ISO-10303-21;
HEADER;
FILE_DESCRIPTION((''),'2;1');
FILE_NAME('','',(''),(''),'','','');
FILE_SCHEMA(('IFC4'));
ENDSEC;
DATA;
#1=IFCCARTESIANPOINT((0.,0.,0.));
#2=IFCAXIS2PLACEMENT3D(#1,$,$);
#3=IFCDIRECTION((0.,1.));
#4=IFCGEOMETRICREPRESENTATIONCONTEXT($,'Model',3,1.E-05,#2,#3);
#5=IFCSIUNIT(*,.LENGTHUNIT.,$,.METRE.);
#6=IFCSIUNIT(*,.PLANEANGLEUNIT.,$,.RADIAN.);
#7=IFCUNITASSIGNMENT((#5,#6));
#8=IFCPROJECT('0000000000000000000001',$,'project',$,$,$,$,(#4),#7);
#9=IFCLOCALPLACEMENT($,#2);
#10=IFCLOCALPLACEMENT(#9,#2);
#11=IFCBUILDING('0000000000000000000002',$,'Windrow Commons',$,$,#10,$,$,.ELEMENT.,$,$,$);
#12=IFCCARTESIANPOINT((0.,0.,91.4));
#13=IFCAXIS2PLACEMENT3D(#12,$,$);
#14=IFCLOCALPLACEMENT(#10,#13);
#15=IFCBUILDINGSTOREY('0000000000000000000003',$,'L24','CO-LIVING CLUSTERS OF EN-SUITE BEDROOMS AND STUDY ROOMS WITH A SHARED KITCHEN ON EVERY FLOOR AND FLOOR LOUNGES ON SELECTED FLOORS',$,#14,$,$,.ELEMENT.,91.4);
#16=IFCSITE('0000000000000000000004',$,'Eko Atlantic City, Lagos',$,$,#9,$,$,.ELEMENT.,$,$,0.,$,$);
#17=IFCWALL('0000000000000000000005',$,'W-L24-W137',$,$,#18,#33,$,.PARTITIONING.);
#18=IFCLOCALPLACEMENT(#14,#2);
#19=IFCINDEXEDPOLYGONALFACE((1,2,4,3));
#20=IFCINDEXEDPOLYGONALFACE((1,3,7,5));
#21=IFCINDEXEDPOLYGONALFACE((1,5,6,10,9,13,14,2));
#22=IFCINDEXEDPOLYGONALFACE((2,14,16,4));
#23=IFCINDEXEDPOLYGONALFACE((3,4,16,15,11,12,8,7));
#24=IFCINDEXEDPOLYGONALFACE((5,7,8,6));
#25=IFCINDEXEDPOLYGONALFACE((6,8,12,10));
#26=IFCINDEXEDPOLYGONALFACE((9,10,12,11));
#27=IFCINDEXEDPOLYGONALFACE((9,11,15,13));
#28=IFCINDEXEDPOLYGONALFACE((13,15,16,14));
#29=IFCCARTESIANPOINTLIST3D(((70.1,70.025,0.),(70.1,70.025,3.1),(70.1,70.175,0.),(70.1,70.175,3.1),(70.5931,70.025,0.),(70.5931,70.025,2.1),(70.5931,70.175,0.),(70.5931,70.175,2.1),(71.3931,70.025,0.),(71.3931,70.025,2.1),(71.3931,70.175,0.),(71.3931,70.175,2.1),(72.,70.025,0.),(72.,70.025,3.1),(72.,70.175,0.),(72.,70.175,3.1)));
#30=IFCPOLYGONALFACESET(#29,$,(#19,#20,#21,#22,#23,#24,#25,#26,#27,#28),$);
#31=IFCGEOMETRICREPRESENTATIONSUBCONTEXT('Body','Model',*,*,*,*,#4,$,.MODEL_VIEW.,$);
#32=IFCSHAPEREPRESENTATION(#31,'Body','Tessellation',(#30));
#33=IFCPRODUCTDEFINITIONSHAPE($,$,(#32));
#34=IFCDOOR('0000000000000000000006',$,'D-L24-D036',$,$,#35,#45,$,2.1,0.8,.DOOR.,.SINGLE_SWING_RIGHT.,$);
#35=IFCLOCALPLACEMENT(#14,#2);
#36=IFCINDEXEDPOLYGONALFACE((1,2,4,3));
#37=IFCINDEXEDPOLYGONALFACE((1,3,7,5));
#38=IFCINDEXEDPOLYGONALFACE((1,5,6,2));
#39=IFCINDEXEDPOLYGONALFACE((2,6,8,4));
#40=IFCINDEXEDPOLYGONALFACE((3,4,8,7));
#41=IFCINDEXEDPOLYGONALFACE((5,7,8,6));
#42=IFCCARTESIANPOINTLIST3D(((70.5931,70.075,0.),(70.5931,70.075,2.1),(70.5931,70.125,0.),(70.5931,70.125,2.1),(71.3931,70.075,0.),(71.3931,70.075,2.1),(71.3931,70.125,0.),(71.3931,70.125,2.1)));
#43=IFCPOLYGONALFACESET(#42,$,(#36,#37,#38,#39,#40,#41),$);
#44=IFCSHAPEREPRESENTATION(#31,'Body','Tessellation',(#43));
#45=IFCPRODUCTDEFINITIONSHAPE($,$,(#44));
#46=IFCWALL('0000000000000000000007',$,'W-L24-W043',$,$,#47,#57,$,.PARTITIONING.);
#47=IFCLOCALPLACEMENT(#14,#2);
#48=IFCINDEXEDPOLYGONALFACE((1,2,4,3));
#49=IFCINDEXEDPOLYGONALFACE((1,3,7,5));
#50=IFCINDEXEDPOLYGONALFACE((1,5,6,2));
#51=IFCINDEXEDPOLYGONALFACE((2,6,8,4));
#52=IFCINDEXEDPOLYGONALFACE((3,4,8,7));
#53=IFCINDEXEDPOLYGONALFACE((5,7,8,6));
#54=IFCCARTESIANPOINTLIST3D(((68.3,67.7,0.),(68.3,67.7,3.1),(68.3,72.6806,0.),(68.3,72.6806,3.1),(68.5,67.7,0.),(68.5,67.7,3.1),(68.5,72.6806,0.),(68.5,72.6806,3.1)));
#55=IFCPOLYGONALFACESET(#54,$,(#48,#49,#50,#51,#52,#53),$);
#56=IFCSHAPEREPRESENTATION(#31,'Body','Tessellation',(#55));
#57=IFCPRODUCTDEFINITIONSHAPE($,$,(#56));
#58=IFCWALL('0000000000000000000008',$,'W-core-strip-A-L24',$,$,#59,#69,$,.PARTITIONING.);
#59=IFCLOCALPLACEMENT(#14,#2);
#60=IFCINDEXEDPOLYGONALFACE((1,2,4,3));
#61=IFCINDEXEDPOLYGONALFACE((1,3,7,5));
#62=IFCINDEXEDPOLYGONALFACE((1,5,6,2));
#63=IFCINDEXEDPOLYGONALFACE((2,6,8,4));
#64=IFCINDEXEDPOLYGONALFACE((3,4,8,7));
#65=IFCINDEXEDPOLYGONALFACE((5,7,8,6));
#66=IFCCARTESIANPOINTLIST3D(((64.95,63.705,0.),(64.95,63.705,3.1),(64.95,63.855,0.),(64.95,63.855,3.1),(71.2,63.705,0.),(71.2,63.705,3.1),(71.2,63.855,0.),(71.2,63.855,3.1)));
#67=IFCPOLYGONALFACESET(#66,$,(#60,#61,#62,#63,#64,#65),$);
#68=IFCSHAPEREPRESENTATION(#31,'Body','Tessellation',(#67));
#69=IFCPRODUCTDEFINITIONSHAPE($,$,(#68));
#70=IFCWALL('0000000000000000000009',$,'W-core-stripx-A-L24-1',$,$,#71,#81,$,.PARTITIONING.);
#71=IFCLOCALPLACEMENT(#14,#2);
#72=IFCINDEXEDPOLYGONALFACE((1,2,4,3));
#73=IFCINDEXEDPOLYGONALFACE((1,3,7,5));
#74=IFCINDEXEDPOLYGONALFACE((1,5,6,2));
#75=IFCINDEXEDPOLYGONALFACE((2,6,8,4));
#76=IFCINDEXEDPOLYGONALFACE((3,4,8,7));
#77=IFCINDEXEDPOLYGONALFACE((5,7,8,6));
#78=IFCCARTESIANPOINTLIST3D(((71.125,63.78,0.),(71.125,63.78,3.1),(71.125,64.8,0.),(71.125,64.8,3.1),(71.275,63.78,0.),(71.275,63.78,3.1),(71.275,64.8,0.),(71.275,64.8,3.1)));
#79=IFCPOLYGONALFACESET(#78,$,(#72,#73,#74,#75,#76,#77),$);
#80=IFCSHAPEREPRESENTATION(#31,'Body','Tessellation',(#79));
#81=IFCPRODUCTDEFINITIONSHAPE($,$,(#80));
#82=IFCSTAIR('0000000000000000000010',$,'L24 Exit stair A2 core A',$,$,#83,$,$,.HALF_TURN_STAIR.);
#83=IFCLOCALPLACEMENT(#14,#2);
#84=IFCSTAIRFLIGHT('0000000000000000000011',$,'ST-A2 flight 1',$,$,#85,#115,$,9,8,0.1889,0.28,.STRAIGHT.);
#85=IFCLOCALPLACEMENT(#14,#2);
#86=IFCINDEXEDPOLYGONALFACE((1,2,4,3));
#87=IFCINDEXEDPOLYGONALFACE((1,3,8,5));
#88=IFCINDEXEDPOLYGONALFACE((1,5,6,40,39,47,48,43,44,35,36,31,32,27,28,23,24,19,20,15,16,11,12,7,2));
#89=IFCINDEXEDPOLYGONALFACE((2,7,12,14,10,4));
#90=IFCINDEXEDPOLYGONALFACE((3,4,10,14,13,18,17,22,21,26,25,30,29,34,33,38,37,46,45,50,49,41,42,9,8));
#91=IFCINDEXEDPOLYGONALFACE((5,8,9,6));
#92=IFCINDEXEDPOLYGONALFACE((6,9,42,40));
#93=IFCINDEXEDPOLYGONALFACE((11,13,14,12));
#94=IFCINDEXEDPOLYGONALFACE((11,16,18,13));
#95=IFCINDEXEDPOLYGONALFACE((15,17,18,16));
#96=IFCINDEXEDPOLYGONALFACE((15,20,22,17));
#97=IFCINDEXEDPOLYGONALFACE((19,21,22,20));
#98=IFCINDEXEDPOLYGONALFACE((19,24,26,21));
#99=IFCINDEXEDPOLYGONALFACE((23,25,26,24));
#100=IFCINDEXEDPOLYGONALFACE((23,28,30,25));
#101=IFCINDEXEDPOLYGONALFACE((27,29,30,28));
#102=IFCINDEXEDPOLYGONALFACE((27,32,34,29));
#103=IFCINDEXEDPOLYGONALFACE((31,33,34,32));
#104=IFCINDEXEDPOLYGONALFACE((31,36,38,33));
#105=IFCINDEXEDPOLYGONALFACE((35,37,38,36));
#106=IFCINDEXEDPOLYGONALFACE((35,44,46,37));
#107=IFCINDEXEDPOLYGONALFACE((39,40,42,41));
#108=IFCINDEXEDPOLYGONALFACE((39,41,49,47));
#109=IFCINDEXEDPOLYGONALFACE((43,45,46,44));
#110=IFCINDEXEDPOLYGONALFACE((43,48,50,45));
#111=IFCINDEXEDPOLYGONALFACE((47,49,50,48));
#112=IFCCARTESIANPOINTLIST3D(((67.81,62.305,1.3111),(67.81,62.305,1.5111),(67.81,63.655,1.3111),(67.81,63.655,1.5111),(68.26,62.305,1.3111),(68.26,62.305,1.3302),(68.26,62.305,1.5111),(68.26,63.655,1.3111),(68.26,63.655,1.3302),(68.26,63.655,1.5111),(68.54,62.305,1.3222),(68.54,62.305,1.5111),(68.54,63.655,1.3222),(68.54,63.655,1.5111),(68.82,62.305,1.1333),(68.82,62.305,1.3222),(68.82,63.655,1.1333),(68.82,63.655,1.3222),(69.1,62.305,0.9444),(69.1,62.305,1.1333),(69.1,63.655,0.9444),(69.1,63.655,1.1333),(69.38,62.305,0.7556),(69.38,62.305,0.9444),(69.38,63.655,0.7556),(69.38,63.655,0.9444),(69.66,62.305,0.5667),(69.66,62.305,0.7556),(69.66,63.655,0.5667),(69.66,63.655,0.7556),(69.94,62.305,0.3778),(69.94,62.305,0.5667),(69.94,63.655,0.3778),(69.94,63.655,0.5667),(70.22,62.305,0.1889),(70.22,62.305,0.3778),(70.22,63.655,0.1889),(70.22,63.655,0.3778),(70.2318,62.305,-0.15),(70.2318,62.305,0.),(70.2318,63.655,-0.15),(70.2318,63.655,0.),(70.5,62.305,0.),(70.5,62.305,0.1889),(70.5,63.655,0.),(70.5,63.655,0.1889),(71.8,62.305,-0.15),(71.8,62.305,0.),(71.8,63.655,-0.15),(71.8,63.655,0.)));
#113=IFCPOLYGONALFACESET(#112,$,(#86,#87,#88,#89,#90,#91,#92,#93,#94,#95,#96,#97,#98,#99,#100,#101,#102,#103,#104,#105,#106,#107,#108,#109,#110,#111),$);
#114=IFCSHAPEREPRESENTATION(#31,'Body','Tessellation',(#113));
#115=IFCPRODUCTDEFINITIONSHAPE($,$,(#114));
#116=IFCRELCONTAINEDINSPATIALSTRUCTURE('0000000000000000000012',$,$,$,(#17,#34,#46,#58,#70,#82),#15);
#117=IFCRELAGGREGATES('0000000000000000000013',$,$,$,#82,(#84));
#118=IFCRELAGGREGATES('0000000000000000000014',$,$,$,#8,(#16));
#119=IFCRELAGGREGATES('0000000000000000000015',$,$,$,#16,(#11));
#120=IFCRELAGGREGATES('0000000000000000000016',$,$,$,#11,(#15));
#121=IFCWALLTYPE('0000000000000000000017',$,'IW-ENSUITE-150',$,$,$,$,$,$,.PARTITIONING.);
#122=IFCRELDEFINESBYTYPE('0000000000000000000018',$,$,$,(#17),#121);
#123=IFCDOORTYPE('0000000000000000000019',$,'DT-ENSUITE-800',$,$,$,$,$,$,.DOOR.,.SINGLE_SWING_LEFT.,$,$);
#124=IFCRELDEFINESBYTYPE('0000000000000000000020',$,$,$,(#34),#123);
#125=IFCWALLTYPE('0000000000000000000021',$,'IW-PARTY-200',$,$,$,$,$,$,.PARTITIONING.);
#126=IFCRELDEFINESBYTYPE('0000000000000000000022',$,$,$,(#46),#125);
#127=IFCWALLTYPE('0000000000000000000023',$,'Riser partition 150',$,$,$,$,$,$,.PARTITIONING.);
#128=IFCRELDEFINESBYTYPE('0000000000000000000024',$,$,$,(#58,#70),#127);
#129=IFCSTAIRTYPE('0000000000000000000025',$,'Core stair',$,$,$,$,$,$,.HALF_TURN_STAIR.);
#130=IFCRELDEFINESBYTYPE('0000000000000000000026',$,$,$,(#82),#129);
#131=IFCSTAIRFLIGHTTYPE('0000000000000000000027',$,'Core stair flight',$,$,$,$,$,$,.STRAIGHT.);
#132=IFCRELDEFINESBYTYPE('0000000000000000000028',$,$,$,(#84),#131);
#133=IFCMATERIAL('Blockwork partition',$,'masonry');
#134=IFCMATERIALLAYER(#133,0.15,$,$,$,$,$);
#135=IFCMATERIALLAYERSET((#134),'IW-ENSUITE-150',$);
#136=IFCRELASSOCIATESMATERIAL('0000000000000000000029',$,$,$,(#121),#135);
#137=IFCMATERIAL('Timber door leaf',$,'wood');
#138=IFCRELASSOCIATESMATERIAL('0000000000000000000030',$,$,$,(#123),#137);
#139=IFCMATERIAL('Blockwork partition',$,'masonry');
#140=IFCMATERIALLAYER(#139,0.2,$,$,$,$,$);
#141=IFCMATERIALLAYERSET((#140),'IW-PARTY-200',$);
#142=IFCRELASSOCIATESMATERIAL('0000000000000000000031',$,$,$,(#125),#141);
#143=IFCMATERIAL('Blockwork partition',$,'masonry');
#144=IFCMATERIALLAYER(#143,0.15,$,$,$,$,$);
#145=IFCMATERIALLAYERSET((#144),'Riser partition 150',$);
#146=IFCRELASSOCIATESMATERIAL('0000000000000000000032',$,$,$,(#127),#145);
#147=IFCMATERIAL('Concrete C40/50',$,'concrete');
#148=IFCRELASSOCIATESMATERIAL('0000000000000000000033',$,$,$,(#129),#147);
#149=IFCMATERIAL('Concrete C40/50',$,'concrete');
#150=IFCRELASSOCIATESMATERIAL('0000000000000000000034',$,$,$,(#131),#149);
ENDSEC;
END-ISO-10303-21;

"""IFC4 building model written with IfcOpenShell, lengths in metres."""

from ifc_helpers import new_model, si_unit, direction, frame, frame_2d, origin, place, context, subcontext, project, spatial, polyline, rectangle, outline, extrude, material, layer, layer_set, type_object, element, fill, aggregate, save


model = new_model("IFC4")

# Units and contexts
model_context = context("Model", 3, precision=1e-05, world=origin(), true_north=direction((0.0, 1.0)))
body_context = subcontext(model_context, "Body", "Model", "MODEL_VIEW")
ifc_project = project(units=[si_unit("LENGTHUNIT", "METRE"), si_unit("PLANEANGLEUNIT", "RADIAN")], contexts=[model_context])

# Site, building, storey
site_placement = place(None, origin())
site = spatial("IfcSite", under=ifc_project, at=site_placement, Name="Eko Atlantic City, Lagos", CompositionType="ELEMENT", RefElevation=0.0)
building_placement = place(site_placement, origin())
building = spatial("IfcBuilding", under=site, at=building_placement, Name="Windrow Commons", CompositionType="ELEMENT")
storey_placement = place(building_placement, frame((0.0, 0.0, 91.4)))
storey = spatial("IfcBuildingStorey", under=building, at=storey_placement, Name="L24", Description="CO-LIVING CLUSTERS OF EN-SUITE BEDROOMS AND STUDY ROOMS WITH A SHARED KITCHEN ON EVERY FLOOR AND FLOOR LOUNGES ON SELECTED FLOORS", CompositionType="ELEMENT", Elevation=91.4)

# Shared definitions
ifc_material_1 = material(Name="Blockwork partition", Category="masonry")
ifc_layer_1 = layer(ifc_material_1, 0.15)
ifc_layer_set_1 = layer_set([ifc_layer_1], Name="IW-ENSUITE-150")
wall_type_1 = type_object("IfcWallType", Name="IW-ENSUITE-150", PredefinedType="PARTITIONING", material=ifc_layer_set_1)

# Wall, opening, door
wall_1_placement = place(storey_placement, frame((70.1, 70.1, 0.0), z_axis=(0.0, 0.0, 1.0), x_axis=(1.0, 0.0, 0.0)))
wall_1 = element("IfcWall", 1, at=wall_1_placement, inside=storey, type_object=wall_type_1, Name="W-L24-W137", PredefinedType="PARTITIONING", context=body_context, shape_type="SweptSolid", body=[
    extrude(rectangle(XDim=1.9, YDim=0.15, at=frame_2d((0.95, 0.0))), origin(), (0.0, 0.0, 1.0), 3.1),
])
opening_1_placement = place(wall_1_placement, frame((0.4931, 0.0, 0.0)))
opening_1 = element("IfcOpeningElement", 2, at=opening_1_placement, cuts=wall_1, PredefinedType="OPENING", context=body_context, shape_type="SweptSolid", body=[
    extrude(rectangle(XDim=0.8, YDim=2.1, at=frame_2d((0.4, 1.05))), frame((0.0, 0.085, 0.0), z_axis=(0.0, -1.0, 0.0), x_axis=(1.0, 0.0, 0.0)), (0.0, 0.0, 1.0), 0.17),
])
ifc_material_2 = material(Name="Timber door leaf", Category="wood")
door_type = type_object("IfcDoorType", Name="DT-ENSUITE-800", OperationType="SINGLE_SWING_LEFT", PredefinedType="DOOR", material=ifc_material_2)
door_placement = place(opening_1_placement, origin())
door = element("IfcDoor", 3, at=door_placement, inside=storey, type_object=door_type, Name="D-L24-D036", OperationType="SINGLE_SWING_RIGHT", OverallHeight=2.1, OverallWidth=0.8, PredefinedType="DOOR", context=body_context, shape_type="SweptSolid", body=[
    extrude(rectangle(XDim=0.8, YDim=2.1, at=frame_2d((0.4, 1.05))), frame((0.0, 0.025, 0.0), z_axis=(0.0, -1.0, 0.0), x_axis=(1.0, 0.0, 0.0)), (0.0, 0.0, 1.0), 0.05),
])
fill(opening_1, door)

# Walls
ifc_material_3 = material(Name="Blockwork partition", Category="masonry")
ifc_layer_2 = layer(ifc_material_3, 0.2)
ifc_layer_set_2 = layer_set([ifc_layer_2], Name="IW-PARTY-200")
wall_type_2 = type_object("IfcWallType", Name="IW-PARTY-200", PredefinedType="PARTITIONING", material=ifc_layer_set_2)
wall_2_placement = place(storey_placement, frame((68.4, 67.7, 0.0), z_axis=(0.0, 0.0, 1.0), x_axis=(0.0, 1.0, 0.0)))
element("IfcWall", 4, at=wall_2_placement, inside=storey, type_object=wall_type_2, Name="W-L24-W043", PredefinedType="PARTITIONING", context=body_context, shape_type="SweptSolid", body=[
    extrude(rectangle(XDim=4.9807, YDim=0.2, at=frame_2d((2.4903, 0.0))), origin(), (0.0, 0.0, 1.0), 3.1),
])
ifc_material_4 = material(Name="Blockwork partition", Category="masonry")
ifc_layer_3 = layer(ifc_material_4, 0.15)
ifc_layer_set_3 = layer_set([ifc_layer_3], Name="Riser partition 150")
wall_type_3 = type_object("IfcWallType", Name="Riser partition 150", PredefinedType="PARTITIONING", material=ifc_layer_set_3)
wall_3_placement = place(storey_placement, frame((64.95, 63.78, 0.0), z_axis=(0.0, 0.0, 1.0), x_axis=(1.0, 0.0, 0.0)))
element("IfcWall", 5, at=wall_3_placement, inside=storey, type_object=wall_type_3, Name="W-core-strip-A-L24", PredefinedType="PARTITIONING", context=body_context, shape_type="SweptSolid", body=[
    extrude(rectangle(XDim=6.25, YDim=0.15, at=frame_2d((3.125, 0.0))), origin(), (0.0, 0.0, 1.0), 3.1),
])
wall_4_placement = place(storey_placement, frame((71.2, 63.78, 0.0), z_axis=(0.0, 0.0, 1.0), x_axis=(0.0, 1.0, 0.0)))
element("IfcWall", 6, at=wall_4_placement, inside=storey, type_object=wall_type_3, Name="W-core-stripx-A-L24-1", PredefinedType="PARTITIONING", context=body_context, shape_type="SweptSolid", body=[
    extrude(rectangle(XDim=1.02, YDim=0.15, at=frame_2d((0.51, 0.0))), origin(), (0.0, 0.0, 1.0), 3.1),
])

# Stair, stair flight
ifc_material_5 = material(Name="Concrete C40/50", Category="concrete")
stair_type = type_object("IfcStairType", Name="Core stair", PredefinedType="HALF_TURN_STAIR", material=ifc_material_5)
stair_placement = place(storey_placement, origin())
stair = element("IfcStair", 7, at=stair_placement, inside=storey, type_object=stair_type, Name="L24 Exit stair A2 core A", PredefinedType="HALF_TURN_STAIR")
ifc_material_6 = material(Name="Concrete C40/50", Category="concrete")
stair_flight_type = type_object("IfcStairFlightType", Name="Core stair flight", PredefinedType="STRAIGHT", material=ifc_material_6)
stair_flight_placement = place(storey_placement, frame((70.5, 62.98, 0.0), z_axis=(0.0, 0.0, 1.0), x_axis=(-1.0, 0.0, 0.0)))
stair_flight = element("IfcStairFlight", 8, at=stair_flight_placement, type_object=stair_flight_type, Name="ST-A2 flight 1", NumberOfRisers=9, NumberOfTreads=8, PredefinedType="STRAIGHT", RiserHeight=0.1889, TreadLength=0.28, context=body_context, shape_type="SweptSolid", body=[
    extrude(outline(polyline([(-1.3, -0.15), (-1.3, 0.0), (0.0, 0.0), (0.0, 0.1889), (0.28, 0.1889), (0.28, 0.3778), (0.56, 0.3778), (0.56, 0.5667), (0.84, 0.5667), (0.84, 0.7556), (1.12, 0.7556), (1.12, 0.9444), (1.4, 0.9444), (1.4, 1.1333), (1.68, 1.1333), (1.68, 1.3222), (1.96, 1.3222), (1.96, 1.5111), (2.24, 1.5111), (2.69, 1.5111), (2.69, 1.3111), (2.24, 1.3111), (2.24, 1.3302), (0.2682, 0.0), (0.2682, -0.15), (-1.3, -0.15)])), frame((0.0, 0.675, 0.0), z_axis=(0.0, -1.0, 0.0), x_axis=(1.0, 0.0, 0.0)), (0.0, 0.0, 1.0), 1.35),
])
aggregate(stair, [stair_flight])

save(model, "model.ifc")
